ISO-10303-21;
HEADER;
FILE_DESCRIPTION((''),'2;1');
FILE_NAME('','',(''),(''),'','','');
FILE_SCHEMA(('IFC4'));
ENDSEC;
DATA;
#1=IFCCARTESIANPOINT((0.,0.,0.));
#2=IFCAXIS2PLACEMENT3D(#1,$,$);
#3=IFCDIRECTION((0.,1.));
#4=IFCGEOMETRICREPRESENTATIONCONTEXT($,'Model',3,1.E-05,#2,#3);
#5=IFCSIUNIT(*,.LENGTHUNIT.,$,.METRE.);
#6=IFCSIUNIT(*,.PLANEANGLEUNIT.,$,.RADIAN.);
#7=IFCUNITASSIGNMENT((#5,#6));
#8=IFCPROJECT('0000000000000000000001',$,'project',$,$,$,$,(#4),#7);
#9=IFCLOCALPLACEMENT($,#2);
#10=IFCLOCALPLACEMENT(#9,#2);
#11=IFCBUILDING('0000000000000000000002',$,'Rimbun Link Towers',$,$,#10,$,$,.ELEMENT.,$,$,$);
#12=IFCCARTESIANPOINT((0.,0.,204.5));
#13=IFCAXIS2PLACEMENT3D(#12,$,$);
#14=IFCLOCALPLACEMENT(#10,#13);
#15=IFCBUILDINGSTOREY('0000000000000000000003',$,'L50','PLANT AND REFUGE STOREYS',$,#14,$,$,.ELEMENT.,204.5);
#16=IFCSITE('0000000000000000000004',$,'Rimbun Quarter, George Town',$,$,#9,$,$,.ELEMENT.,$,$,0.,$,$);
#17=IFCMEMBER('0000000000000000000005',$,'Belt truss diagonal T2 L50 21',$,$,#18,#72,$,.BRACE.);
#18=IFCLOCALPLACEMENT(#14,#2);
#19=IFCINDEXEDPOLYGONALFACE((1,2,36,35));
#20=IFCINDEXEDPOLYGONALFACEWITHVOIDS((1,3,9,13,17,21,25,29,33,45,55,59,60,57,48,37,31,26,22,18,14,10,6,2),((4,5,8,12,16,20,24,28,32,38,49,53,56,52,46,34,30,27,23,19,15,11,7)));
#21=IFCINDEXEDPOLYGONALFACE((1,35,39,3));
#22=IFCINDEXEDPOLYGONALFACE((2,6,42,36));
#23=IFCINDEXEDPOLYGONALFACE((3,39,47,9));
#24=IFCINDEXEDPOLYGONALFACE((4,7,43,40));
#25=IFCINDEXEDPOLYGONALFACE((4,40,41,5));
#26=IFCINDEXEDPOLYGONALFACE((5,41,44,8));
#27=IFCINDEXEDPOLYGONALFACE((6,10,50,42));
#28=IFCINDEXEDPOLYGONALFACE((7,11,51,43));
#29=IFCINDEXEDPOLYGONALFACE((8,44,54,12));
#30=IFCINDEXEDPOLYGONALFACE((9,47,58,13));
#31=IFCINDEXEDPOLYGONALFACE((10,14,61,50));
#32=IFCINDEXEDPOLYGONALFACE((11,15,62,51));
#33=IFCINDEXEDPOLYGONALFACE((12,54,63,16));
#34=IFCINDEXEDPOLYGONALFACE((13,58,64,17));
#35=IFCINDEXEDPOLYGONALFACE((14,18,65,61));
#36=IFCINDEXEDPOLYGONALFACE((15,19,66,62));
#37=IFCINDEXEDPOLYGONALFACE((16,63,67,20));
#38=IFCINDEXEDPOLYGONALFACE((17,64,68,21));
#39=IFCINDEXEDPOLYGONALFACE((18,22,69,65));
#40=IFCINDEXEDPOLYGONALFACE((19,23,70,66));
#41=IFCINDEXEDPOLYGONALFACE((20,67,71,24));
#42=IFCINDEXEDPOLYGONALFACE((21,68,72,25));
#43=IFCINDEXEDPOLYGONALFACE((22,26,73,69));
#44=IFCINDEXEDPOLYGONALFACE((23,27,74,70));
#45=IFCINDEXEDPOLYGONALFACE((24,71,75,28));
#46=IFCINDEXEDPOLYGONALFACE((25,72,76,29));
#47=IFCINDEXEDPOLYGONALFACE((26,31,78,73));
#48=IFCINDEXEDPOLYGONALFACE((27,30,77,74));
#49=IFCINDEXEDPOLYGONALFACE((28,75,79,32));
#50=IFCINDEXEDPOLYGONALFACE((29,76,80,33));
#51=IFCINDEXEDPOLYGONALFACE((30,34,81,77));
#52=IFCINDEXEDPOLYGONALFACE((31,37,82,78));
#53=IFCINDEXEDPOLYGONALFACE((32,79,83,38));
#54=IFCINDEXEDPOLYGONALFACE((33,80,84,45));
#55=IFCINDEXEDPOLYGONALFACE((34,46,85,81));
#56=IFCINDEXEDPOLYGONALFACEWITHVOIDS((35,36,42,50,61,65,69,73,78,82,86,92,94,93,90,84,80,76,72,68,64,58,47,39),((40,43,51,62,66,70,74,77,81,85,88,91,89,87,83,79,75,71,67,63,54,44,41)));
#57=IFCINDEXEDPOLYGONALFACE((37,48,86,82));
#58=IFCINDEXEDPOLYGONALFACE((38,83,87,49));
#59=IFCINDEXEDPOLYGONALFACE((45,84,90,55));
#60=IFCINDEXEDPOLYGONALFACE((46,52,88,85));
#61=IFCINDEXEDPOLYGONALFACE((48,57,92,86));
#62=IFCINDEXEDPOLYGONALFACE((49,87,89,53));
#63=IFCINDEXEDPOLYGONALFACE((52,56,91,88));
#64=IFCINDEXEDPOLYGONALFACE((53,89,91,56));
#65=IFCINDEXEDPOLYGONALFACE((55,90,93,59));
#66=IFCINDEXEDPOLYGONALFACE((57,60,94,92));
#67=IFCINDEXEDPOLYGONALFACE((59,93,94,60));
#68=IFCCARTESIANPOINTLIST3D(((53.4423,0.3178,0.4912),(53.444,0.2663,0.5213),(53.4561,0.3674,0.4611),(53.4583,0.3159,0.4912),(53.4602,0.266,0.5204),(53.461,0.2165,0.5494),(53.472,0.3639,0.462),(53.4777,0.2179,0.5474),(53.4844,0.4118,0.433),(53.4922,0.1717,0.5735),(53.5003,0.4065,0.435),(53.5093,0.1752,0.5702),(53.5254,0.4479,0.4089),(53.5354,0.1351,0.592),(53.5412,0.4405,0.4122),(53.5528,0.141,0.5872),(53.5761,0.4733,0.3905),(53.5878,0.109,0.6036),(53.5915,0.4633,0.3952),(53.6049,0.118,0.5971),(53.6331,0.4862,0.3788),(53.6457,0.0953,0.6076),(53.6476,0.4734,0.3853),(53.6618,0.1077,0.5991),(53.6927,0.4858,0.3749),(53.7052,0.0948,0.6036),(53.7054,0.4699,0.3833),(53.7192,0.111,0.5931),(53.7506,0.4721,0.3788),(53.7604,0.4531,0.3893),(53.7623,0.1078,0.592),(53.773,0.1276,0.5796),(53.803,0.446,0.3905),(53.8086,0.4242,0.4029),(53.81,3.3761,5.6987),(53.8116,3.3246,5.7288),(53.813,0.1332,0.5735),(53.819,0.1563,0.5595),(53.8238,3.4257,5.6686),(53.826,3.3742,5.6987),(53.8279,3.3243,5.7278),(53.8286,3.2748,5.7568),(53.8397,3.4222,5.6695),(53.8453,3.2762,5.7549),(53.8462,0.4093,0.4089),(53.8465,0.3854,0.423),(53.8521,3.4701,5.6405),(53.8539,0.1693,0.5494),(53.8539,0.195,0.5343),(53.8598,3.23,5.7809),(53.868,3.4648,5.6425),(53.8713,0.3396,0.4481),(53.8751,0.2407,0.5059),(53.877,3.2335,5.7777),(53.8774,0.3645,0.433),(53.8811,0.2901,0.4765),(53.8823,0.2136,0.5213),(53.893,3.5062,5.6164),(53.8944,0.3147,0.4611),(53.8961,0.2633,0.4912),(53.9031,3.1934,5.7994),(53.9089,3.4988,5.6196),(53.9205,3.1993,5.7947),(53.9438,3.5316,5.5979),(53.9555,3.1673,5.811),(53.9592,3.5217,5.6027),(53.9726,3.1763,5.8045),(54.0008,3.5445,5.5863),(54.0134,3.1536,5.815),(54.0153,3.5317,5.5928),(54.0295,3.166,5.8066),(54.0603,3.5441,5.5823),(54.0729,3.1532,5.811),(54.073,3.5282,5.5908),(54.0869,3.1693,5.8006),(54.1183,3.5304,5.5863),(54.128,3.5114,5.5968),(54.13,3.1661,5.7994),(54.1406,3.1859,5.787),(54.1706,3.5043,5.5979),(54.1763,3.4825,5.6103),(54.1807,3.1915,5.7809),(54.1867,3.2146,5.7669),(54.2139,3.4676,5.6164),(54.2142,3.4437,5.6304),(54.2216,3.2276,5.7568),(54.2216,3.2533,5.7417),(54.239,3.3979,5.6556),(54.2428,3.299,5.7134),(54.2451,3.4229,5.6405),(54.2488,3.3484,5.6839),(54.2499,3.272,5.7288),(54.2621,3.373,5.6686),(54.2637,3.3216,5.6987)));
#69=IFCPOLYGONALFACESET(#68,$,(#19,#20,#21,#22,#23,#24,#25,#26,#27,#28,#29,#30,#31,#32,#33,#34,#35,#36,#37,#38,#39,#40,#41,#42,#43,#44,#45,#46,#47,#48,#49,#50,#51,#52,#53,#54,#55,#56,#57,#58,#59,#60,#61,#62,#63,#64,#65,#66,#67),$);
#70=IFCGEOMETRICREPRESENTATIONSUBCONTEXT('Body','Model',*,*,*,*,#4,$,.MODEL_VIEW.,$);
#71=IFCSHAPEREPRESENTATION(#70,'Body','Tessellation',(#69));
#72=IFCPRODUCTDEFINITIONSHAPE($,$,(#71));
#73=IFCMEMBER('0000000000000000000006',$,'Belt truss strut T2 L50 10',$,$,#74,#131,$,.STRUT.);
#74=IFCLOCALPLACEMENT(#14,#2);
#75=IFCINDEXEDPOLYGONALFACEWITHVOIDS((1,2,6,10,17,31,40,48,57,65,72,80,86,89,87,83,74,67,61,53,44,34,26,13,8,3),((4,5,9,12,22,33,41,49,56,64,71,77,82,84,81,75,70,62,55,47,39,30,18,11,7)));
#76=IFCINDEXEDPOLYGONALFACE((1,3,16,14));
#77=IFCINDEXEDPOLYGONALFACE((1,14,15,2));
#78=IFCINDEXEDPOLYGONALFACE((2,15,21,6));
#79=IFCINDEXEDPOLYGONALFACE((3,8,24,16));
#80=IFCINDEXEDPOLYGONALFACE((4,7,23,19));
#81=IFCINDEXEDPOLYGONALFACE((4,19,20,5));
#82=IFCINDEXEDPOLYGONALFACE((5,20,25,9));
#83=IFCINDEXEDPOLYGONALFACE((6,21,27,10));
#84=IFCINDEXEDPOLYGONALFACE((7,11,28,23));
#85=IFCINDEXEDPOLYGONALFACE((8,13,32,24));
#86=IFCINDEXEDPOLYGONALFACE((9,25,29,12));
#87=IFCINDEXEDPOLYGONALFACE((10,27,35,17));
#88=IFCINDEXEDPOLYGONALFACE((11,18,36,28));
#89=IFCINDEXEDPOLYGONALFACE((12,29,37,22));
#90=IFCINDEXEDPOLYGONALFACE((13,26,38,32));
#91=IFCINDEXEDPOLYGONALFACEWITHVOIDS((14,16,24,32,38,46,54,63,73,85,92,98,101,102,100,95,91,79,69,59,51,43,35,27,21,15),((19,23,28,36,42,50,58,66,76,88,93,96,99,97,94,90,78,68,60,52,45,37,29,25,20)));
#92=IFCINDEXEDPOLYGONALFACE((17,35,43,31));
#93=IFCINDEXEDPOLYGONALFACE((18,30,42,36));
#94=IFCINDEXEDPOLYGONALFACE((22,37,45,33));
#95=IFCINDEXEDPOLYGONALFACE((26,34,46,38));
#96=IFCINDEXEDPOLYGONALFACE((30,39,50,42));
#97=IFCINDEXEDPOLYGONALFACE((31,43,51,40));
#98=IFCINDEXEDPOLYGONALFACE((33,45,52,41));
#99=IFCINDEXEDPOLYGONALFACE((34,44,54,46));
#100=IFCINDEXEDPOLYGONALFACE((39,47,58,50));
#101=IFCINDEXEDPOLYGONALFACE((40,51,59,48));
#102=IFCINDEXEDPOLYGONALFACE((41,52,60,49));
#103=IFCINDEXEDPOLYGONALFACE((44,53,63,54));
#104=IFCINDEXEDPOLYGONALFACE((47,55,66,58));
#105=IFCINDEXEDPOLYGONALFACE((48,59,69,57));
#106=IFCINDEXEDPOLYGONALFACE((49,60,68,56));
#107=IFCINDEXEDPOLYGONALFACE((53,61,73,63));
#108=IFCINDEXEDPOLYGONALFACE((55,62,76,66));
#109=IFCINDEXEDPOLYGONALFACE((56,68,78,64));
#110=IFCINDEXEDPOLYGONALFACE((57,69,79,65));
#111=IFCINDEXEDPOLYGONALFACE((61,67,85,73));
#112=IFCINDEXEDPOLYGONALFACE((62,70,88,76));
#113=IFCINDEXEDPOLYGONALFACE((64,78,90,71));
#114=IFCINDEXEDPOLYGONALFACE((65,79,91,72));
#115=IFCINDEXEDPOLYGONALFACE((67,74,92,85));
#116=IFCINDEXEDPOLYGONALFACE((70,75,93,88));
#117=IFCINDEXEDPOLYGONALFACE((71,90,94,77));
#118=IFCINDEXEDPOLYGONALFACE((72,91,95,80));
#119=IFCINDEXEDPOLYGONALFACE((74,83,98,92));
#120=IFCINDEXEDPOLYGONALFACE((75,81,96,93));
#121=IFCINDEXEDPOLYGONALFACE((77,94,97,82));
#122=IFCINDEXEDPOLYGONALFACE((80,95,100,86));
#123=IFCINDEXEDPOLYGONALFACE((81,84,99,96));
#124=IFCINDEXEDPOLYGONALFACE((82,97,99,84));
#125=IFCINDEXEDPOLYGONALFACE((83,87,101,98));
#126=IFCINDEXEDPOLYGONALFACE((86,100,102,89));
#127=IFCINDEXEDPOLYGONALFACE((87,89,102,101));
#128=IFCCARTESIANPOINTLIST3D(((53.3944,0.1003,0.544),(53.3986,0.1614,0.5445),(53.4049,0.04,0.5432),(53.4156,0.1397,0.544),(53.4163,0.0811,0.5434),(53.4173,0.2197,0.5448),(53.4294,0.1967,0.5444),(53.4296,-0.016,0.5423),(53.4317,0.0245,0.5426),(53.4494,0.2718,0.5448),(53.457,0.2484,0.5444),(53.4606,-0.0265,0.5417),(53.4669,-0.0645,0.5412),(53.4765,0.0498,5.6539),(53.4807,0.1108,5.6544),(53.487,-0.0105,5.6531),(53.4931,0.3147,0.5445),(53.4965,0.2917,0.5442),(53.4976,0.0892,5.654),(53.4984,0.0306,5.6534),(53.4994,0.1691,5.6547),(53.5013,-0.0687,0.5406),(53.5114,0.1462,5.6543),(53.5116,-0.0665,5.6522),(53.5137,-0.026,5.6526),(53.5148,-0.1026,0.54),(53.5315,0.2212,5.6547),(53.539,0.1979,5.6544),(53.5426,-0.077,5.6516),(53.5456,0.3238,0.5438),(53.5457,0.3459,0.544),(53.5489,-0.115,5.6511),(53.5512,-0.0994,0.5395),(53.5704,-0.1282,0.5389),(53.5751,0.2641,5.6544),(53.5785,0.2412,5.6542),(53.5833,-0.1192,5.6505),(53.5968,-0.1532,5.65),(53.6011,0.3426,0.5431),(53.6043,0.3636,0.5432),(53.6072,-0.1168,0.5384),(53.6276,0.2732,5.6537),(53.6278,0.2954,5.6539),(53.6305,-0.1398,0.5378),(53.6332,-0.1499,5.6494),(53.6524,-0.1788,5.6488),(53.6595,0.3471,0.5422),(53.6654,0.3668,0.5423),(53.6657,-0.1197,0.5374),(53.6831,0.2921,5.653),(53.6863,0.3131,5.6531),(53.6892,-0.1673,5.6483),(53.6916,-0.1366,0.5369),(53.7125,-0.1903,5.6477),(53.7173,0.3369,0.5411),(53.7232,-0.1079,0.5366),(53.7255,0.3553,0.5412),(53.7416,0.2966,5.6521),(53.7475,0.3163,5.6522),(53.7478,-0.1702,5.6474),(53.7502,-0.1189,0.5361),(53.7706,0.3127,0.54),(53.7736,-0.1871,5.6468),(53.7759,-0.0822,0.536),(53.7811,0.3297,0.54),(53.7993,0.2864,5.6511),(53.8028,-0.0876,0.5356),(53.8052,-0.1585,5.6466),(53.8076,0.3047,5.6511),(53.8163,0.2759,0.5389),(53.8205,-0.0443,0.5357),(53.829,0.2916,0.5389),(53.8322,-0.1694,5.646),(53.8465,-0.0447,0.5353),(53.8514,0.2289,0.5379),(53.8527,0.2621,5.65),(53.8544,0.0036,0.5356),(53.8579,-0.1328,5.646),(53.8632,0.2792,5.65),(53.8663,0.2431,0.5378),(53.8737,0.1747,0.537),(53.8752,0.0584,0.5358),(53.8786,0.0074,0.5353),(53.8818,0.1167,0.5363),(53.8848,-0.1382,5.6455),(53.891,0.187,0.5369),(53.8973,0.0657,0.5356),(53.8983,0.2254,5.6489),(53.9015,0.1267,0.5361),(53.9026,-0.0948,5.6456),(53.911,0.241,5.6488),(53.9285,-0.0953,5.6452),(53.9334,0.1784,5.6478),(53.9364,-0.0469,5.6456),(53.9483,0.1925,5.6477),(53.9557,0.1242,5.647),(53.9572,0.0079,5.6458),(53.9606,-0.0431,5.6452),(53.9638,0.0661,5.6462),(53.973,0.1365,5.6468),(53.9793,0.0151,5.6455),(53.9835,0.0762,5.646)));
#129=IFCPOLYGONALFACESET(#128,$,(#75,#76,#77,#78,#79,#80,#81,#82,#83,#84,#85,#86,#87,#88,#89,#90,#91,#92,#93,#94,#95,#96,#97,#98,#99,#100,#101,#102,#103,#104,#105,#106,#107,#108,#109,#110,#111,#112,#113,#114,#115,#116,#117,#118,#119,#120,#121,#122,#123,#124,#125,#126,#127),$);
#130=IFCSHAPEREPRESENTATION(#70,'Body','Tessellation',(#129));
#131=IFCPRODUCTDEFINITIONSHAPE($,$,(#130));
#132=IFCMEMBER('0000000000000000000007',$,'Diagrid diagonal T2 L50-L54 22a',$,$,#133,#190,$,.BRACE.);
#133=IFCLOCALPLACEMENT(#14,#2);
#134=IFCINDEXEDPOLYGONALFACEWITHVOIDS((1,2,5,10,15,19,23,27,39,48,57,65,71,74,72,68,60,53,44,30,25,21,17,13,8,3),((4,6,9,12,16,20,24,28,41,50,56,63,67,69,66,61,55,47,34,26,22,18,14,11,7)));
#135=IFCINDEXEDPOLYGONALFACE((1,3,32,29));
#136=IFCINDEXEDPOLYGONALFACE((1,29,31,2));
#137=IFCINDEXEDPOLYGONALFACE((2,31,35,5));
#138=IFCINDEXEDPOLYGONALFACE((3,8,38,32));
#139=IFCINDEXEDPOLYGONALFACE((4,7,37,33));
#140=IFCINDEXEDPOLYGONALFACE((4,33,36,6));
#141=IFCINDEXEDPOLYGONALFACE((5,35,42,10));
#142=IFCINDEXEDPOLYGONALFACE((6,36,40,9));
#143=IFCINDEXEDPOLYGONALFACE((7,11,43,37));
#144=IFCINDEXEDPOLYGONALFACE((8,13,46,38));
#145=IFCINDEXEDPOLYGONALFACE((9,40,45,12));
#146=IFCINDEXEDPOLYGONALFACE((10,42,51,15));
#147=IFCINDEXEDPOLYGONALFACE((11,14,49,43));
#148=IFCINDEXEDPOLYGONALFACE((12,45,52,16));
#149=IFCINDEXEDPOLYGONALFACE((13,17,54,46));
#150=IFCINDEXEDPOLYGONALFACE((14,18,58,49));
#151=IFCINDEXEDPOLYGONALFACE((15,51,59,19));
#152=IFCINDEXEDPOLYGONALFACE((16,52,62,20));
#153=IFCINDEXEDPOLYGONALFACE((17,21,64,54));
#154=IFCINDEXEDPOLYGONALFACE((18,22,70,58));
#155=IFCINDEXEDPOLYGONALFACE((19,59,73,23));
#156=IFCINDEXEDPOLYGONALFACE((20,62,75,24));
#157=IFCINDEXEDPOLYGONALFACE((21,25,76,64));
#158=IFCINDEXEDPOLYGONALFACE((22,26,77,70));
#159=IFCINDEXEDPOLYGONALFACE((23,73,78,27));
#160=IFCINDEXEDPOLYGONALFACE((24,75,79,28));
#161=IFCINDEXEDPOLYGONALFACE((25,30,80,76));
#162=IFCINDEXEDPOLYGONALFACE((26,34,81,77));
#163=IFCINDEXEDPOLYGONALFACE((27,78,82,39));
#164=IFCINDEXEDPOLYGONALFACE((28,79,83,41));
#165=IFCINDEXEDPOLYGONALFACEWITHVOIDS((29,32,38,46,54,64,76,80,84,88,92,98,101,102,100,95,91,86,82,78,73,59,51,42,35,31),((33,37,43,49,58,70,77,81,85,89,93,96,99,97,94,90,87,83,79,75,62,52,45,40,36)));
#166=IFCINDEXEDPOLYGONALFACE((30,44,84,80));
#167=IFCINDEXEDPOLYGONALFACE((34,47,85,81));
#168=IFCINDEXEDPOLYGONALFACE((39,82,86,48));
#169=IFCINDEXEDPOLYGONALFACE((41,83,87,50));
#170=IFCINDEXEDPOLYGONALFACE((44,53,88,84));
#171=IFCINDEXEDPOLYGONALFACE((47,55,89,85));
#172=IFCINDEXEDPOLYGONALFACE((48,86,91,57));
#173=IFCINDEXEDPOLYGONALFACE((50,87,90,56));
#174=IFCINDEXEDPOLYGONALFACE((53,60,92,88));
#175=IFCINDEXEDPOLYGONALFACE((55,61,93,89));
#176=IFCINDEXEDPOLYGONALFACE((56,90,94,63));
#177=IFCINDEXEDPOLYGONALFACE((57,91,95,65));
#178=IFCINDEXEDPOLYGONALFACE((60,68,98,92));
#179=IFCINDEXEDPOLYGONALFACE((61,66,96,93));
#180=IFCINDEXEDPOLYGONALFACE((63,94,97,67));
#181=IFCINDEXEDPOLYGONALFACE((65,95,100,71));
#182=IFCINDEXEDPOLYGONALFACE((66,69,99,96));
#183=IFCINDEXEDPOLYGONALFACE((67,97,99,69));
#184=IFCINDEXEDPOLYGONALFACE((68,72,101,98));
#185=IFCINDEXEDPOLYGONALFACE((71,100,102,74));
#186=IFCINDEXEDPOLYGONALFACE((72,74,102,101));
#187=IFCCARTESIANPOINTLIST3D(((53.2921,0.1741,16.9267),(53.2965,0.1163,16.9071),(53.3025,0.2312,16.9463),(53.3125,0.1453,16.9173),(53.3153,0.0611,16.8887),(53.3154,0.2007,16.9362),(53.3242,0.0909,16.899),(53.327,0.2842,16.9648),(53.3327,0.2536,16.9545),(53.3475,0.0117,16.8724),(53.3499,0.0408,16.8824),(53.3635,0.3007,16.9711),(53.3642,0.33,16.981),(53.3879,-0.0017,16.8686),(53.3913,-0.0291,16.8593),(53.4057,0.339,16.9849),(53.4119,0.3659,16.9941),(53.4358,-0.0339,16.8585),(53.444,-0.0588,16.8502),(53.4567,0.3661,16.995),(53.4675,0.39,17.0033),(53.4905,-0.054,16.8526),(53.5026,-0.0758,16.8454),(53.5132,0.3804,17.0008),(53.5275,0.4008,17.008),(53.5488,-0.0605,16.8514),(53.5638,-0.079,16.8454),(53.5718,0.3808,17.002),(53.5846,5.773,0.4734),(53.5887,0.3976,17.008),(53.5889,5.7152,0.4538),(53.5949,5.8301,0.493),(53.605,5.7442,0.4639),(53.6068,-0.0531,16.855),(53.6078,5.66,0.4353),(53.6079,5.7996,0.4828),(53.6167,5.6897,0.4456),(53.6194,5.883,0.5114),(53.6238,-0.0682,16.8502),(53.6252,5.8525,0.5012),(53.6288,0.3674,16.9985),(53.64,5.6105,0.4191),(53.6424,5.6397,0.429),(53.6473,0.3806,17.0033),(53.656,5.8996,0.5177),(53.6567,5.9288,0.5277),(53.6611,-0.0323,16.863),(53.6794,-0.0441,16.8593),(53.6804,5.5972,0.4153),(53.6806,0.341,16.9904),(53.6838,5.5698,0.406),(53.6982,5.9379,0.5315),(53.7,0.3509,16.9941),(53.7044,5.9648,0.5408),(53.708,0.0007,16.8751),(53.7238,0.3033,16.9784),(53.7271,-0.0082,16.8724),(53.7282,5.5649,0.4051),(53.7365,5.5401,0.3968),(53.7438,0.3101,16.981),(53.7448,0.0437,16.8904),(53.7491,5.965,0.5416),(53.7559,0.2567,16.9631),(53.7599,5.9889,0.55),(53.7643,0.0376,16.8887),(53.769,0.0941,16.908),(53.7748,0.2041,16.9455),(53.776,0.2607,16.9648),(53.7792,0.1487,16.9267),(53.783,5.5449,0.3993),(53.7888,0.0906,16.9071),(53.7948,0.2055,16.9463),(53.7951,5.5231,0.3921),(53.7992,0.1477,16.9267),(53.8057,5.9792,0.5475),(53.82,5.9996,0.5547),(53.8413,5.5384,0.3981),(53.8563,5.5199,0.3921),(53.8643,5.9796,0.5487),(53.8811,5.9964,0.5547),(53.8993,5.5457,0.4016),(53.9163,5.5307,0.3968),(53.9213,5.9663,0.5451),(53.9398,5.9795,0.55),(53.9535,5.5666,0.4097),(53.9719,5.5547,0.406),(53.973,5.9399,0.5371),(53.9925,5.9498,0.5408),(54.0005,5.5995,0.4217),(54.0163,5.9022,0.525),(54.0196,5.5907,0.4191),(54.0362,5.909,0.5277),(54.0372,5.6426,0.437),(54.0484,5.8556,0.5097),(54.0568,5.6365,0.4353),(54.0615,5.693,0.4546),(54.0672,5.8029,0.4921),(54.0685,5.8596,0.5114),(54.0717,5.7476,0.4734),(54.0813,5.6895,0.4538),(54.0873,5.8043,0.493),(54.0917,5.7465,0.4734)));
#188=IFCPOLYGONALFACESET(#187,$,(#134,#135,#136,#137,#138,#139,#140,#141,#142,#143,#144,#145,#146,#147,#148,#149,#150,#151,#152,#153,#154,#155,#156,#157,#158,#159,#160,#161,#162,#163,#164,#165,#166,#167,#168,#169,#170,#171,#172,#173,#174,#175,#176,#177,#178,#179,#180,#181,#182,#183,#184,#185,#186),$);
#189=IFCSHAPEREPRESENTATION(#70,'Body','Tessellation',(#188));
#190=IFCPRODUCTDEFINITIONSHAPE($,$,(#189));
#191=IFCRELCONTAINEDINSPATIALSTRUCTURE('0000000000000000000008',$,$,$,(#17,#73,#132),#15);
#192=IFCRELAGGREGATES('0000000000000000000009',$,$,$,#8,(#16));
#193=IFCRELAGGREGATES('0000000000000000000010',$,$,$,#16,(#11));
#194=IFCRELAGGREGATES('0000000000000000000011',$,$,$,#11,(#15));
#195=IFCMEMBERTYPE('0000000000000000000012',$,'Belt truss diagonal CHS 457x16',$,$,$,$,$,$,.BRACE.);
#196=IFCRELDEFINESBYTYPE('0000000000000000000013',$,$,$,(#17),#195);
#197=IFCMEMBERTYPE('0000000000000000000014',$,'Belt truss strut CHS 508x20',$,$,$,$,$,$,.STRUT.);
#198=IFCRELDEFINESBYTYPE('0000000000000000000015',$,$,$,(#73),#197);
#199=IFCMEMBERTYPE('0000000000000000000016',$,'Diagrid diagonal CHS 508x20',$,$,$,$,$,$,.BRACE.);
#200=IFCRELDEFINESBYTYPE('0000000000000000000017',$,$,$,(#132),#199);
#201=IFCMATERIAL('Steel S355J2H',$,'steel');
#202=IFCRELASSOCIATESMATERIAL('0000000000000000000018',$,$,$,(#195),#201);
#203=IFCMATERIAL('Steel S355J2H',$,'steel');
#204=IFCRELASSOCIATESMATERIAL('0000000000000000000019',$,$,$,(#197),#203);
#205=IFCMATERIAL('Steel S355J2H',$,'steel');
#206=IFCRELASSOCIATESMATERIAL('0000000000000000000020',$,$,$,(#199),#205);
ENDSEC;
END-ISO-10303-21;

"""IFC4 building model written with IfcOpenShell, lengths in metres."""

from ifc_helpers import new_model, si_unit, direction, frame, origin, origin_2d, place, context, subcontext, project, spatial, hollow_circle, extrude, material, material_profile, profile_set, type_object, element, save


model = new_model("IFC4")

# Units and contexts
model_context = context("Model", 3, precision=1e-05, world=origin(), true_north=direction((0.0, 1.0)))
body_context = subcontext(model_context, "Body", "Model", "MODEL_VIEW")
ifc_project = project(units=[si_unit("LENGTHUNIT", "METRE"), si_unit("PLANEANGLEUNIT", "RADIAN")], contexts=[model_context])

# Site, building, storey
site_placement = place(None, origin())
site = spatial("IfcSite", under=ifc_project, at=site_placement, Name="Rimbun Quarter, George Town", CompositionType="ELEMENT", RefElevation=0.0)
building_placement = place(site_placement, origin())
building = spatial("IfcBuilding", under=site, at=building_placement, Name="Rimbun Link Towers", CompositionType="ELEMENT")
storey_placement = place(building_placement, frame((0.0, 0.0, 204.5)))
storey = spatial("IfcBuildingStorey", under=building, at=storey_placement, Name="L50", Description="PLANT AND REFUGE STOREYS", CompositionType="ELEMENT", Elevation=204.5)

# Members
ifc_material_1 = material(Name="Steel S355J2H", Category="steel")
ifc_material_profile_1 = material_profile(ifc_material_1, hollow_circle(Radius=0.2285, WallThickness=0.0161, at=origin_2d()), Name="Belt truss diagonal CHS 457x16")
ifc_profile_set_1 = profile_set([ifc_material_profile_1], Name="Steel S355J2H")
member_type_1 = type_object("IfcMemberType", Name="Belt truss diagonal CHS 457x16", PredefinedType="BRACE", material=ifc_profile_set_1)
member_1_placement = place(storey_placement, frame((53.6692, 0.2905, 0.4912), z_axis=(0.060769, 0.505482, 0.860695), x_axis=(-0.992851, 0.119361, 0.0)))
element("IfcMember", 1, at=member_1_placement, inside=storey, type_object=member_type_1, Name="Belt truss diagonal T2 L50 21", PredefinedType="BRACE", context=body_context, shape_type="SweptSolid", body=[
    extrude(hollow_circle(Radius=0.2285, WallThickness=0.0161, at=origin_2d()), origin(), (0.0, 0.0, 1.0), 6.0503),
])
ifc_material_2 = material(Name="Steel S355J2H", Category="steel")
ifc_material_profile_2 = material_profile(ifc_material_2, hollow_circle(Radius=0.2539, WallThickness=0.02, at=origin_2d()), Name="Belt truss strut CHS 508x20")
ifc_profile_set_2 = profile_set([ifc_material_profile_2], Name="Steel S355J2H")
member_type_2 = type_object("IfcMemberType", Name="Belt truss strut CHS 508x20", PredefinedType="STRUT", material=ifc_profile_set_2)
member_2_placement = place(storey_placement, frame((53.6479, 0.1135, 0.54), z_axis=(0.016051, -0.009888, 0.999822), x_axis=(0.524521, 0.851397, 0.0)))
element("IfcMember", 2, at=member_2_placement, inside=storey, type_object=member_type_2, Name="Belt truss strut T2 L50 10", PredefinedType="STRUT", context=body_context, shape_type="SweptSolid", body=[
    extrude(hollow_circle(Radius=0.2539, WallThickness=0.02, at=origin_2d()), origin(), (0.0, 0.0, 1.0), 5.1108),
])
ifc_material_3 = material(Name="Steel S355J2H", Category="steel")
ifc_material_profile_3 = material_profile(ifc_material_3, hollow_circle(Radius=0.2539, WallThickness=0.02, at=origin_2d()), Name="Diagrid diagonal CHS 508x20")
ifc_profile_set_3 = profile_set([ifc_material_profile_3], Name="Steel S355J2H")
member_type_3 = type_object("IfcMemberType", Name="Diagrid diagonal CHS 508x20", PredefinedType="BRACE", material=ifc_profile_set_3)
member_3_placement = place(storey_placement, frame((53.8381, 5.7598, 0.4734), z_axis=(-0.016826, -0.322101, 0.946556), x_axis=(0.998638, -0.052168, 0.0)))
element("IfcMember", 3, at=member_3_placement, inside=storey, type_object=member_type_3, Name="Diagrid diagonal T2 L50-L54 22a", PredefinedType="BRACE", context=body_context, shape_type="SweptSolid", body=[
    extrude(hollow_circle(Radius=0.2539, WallThickness=0.02, at=origin_2d()), origin(), (0.0, 0.0, 1.0), 17.3823),
])

save(model, "model.ifc")
